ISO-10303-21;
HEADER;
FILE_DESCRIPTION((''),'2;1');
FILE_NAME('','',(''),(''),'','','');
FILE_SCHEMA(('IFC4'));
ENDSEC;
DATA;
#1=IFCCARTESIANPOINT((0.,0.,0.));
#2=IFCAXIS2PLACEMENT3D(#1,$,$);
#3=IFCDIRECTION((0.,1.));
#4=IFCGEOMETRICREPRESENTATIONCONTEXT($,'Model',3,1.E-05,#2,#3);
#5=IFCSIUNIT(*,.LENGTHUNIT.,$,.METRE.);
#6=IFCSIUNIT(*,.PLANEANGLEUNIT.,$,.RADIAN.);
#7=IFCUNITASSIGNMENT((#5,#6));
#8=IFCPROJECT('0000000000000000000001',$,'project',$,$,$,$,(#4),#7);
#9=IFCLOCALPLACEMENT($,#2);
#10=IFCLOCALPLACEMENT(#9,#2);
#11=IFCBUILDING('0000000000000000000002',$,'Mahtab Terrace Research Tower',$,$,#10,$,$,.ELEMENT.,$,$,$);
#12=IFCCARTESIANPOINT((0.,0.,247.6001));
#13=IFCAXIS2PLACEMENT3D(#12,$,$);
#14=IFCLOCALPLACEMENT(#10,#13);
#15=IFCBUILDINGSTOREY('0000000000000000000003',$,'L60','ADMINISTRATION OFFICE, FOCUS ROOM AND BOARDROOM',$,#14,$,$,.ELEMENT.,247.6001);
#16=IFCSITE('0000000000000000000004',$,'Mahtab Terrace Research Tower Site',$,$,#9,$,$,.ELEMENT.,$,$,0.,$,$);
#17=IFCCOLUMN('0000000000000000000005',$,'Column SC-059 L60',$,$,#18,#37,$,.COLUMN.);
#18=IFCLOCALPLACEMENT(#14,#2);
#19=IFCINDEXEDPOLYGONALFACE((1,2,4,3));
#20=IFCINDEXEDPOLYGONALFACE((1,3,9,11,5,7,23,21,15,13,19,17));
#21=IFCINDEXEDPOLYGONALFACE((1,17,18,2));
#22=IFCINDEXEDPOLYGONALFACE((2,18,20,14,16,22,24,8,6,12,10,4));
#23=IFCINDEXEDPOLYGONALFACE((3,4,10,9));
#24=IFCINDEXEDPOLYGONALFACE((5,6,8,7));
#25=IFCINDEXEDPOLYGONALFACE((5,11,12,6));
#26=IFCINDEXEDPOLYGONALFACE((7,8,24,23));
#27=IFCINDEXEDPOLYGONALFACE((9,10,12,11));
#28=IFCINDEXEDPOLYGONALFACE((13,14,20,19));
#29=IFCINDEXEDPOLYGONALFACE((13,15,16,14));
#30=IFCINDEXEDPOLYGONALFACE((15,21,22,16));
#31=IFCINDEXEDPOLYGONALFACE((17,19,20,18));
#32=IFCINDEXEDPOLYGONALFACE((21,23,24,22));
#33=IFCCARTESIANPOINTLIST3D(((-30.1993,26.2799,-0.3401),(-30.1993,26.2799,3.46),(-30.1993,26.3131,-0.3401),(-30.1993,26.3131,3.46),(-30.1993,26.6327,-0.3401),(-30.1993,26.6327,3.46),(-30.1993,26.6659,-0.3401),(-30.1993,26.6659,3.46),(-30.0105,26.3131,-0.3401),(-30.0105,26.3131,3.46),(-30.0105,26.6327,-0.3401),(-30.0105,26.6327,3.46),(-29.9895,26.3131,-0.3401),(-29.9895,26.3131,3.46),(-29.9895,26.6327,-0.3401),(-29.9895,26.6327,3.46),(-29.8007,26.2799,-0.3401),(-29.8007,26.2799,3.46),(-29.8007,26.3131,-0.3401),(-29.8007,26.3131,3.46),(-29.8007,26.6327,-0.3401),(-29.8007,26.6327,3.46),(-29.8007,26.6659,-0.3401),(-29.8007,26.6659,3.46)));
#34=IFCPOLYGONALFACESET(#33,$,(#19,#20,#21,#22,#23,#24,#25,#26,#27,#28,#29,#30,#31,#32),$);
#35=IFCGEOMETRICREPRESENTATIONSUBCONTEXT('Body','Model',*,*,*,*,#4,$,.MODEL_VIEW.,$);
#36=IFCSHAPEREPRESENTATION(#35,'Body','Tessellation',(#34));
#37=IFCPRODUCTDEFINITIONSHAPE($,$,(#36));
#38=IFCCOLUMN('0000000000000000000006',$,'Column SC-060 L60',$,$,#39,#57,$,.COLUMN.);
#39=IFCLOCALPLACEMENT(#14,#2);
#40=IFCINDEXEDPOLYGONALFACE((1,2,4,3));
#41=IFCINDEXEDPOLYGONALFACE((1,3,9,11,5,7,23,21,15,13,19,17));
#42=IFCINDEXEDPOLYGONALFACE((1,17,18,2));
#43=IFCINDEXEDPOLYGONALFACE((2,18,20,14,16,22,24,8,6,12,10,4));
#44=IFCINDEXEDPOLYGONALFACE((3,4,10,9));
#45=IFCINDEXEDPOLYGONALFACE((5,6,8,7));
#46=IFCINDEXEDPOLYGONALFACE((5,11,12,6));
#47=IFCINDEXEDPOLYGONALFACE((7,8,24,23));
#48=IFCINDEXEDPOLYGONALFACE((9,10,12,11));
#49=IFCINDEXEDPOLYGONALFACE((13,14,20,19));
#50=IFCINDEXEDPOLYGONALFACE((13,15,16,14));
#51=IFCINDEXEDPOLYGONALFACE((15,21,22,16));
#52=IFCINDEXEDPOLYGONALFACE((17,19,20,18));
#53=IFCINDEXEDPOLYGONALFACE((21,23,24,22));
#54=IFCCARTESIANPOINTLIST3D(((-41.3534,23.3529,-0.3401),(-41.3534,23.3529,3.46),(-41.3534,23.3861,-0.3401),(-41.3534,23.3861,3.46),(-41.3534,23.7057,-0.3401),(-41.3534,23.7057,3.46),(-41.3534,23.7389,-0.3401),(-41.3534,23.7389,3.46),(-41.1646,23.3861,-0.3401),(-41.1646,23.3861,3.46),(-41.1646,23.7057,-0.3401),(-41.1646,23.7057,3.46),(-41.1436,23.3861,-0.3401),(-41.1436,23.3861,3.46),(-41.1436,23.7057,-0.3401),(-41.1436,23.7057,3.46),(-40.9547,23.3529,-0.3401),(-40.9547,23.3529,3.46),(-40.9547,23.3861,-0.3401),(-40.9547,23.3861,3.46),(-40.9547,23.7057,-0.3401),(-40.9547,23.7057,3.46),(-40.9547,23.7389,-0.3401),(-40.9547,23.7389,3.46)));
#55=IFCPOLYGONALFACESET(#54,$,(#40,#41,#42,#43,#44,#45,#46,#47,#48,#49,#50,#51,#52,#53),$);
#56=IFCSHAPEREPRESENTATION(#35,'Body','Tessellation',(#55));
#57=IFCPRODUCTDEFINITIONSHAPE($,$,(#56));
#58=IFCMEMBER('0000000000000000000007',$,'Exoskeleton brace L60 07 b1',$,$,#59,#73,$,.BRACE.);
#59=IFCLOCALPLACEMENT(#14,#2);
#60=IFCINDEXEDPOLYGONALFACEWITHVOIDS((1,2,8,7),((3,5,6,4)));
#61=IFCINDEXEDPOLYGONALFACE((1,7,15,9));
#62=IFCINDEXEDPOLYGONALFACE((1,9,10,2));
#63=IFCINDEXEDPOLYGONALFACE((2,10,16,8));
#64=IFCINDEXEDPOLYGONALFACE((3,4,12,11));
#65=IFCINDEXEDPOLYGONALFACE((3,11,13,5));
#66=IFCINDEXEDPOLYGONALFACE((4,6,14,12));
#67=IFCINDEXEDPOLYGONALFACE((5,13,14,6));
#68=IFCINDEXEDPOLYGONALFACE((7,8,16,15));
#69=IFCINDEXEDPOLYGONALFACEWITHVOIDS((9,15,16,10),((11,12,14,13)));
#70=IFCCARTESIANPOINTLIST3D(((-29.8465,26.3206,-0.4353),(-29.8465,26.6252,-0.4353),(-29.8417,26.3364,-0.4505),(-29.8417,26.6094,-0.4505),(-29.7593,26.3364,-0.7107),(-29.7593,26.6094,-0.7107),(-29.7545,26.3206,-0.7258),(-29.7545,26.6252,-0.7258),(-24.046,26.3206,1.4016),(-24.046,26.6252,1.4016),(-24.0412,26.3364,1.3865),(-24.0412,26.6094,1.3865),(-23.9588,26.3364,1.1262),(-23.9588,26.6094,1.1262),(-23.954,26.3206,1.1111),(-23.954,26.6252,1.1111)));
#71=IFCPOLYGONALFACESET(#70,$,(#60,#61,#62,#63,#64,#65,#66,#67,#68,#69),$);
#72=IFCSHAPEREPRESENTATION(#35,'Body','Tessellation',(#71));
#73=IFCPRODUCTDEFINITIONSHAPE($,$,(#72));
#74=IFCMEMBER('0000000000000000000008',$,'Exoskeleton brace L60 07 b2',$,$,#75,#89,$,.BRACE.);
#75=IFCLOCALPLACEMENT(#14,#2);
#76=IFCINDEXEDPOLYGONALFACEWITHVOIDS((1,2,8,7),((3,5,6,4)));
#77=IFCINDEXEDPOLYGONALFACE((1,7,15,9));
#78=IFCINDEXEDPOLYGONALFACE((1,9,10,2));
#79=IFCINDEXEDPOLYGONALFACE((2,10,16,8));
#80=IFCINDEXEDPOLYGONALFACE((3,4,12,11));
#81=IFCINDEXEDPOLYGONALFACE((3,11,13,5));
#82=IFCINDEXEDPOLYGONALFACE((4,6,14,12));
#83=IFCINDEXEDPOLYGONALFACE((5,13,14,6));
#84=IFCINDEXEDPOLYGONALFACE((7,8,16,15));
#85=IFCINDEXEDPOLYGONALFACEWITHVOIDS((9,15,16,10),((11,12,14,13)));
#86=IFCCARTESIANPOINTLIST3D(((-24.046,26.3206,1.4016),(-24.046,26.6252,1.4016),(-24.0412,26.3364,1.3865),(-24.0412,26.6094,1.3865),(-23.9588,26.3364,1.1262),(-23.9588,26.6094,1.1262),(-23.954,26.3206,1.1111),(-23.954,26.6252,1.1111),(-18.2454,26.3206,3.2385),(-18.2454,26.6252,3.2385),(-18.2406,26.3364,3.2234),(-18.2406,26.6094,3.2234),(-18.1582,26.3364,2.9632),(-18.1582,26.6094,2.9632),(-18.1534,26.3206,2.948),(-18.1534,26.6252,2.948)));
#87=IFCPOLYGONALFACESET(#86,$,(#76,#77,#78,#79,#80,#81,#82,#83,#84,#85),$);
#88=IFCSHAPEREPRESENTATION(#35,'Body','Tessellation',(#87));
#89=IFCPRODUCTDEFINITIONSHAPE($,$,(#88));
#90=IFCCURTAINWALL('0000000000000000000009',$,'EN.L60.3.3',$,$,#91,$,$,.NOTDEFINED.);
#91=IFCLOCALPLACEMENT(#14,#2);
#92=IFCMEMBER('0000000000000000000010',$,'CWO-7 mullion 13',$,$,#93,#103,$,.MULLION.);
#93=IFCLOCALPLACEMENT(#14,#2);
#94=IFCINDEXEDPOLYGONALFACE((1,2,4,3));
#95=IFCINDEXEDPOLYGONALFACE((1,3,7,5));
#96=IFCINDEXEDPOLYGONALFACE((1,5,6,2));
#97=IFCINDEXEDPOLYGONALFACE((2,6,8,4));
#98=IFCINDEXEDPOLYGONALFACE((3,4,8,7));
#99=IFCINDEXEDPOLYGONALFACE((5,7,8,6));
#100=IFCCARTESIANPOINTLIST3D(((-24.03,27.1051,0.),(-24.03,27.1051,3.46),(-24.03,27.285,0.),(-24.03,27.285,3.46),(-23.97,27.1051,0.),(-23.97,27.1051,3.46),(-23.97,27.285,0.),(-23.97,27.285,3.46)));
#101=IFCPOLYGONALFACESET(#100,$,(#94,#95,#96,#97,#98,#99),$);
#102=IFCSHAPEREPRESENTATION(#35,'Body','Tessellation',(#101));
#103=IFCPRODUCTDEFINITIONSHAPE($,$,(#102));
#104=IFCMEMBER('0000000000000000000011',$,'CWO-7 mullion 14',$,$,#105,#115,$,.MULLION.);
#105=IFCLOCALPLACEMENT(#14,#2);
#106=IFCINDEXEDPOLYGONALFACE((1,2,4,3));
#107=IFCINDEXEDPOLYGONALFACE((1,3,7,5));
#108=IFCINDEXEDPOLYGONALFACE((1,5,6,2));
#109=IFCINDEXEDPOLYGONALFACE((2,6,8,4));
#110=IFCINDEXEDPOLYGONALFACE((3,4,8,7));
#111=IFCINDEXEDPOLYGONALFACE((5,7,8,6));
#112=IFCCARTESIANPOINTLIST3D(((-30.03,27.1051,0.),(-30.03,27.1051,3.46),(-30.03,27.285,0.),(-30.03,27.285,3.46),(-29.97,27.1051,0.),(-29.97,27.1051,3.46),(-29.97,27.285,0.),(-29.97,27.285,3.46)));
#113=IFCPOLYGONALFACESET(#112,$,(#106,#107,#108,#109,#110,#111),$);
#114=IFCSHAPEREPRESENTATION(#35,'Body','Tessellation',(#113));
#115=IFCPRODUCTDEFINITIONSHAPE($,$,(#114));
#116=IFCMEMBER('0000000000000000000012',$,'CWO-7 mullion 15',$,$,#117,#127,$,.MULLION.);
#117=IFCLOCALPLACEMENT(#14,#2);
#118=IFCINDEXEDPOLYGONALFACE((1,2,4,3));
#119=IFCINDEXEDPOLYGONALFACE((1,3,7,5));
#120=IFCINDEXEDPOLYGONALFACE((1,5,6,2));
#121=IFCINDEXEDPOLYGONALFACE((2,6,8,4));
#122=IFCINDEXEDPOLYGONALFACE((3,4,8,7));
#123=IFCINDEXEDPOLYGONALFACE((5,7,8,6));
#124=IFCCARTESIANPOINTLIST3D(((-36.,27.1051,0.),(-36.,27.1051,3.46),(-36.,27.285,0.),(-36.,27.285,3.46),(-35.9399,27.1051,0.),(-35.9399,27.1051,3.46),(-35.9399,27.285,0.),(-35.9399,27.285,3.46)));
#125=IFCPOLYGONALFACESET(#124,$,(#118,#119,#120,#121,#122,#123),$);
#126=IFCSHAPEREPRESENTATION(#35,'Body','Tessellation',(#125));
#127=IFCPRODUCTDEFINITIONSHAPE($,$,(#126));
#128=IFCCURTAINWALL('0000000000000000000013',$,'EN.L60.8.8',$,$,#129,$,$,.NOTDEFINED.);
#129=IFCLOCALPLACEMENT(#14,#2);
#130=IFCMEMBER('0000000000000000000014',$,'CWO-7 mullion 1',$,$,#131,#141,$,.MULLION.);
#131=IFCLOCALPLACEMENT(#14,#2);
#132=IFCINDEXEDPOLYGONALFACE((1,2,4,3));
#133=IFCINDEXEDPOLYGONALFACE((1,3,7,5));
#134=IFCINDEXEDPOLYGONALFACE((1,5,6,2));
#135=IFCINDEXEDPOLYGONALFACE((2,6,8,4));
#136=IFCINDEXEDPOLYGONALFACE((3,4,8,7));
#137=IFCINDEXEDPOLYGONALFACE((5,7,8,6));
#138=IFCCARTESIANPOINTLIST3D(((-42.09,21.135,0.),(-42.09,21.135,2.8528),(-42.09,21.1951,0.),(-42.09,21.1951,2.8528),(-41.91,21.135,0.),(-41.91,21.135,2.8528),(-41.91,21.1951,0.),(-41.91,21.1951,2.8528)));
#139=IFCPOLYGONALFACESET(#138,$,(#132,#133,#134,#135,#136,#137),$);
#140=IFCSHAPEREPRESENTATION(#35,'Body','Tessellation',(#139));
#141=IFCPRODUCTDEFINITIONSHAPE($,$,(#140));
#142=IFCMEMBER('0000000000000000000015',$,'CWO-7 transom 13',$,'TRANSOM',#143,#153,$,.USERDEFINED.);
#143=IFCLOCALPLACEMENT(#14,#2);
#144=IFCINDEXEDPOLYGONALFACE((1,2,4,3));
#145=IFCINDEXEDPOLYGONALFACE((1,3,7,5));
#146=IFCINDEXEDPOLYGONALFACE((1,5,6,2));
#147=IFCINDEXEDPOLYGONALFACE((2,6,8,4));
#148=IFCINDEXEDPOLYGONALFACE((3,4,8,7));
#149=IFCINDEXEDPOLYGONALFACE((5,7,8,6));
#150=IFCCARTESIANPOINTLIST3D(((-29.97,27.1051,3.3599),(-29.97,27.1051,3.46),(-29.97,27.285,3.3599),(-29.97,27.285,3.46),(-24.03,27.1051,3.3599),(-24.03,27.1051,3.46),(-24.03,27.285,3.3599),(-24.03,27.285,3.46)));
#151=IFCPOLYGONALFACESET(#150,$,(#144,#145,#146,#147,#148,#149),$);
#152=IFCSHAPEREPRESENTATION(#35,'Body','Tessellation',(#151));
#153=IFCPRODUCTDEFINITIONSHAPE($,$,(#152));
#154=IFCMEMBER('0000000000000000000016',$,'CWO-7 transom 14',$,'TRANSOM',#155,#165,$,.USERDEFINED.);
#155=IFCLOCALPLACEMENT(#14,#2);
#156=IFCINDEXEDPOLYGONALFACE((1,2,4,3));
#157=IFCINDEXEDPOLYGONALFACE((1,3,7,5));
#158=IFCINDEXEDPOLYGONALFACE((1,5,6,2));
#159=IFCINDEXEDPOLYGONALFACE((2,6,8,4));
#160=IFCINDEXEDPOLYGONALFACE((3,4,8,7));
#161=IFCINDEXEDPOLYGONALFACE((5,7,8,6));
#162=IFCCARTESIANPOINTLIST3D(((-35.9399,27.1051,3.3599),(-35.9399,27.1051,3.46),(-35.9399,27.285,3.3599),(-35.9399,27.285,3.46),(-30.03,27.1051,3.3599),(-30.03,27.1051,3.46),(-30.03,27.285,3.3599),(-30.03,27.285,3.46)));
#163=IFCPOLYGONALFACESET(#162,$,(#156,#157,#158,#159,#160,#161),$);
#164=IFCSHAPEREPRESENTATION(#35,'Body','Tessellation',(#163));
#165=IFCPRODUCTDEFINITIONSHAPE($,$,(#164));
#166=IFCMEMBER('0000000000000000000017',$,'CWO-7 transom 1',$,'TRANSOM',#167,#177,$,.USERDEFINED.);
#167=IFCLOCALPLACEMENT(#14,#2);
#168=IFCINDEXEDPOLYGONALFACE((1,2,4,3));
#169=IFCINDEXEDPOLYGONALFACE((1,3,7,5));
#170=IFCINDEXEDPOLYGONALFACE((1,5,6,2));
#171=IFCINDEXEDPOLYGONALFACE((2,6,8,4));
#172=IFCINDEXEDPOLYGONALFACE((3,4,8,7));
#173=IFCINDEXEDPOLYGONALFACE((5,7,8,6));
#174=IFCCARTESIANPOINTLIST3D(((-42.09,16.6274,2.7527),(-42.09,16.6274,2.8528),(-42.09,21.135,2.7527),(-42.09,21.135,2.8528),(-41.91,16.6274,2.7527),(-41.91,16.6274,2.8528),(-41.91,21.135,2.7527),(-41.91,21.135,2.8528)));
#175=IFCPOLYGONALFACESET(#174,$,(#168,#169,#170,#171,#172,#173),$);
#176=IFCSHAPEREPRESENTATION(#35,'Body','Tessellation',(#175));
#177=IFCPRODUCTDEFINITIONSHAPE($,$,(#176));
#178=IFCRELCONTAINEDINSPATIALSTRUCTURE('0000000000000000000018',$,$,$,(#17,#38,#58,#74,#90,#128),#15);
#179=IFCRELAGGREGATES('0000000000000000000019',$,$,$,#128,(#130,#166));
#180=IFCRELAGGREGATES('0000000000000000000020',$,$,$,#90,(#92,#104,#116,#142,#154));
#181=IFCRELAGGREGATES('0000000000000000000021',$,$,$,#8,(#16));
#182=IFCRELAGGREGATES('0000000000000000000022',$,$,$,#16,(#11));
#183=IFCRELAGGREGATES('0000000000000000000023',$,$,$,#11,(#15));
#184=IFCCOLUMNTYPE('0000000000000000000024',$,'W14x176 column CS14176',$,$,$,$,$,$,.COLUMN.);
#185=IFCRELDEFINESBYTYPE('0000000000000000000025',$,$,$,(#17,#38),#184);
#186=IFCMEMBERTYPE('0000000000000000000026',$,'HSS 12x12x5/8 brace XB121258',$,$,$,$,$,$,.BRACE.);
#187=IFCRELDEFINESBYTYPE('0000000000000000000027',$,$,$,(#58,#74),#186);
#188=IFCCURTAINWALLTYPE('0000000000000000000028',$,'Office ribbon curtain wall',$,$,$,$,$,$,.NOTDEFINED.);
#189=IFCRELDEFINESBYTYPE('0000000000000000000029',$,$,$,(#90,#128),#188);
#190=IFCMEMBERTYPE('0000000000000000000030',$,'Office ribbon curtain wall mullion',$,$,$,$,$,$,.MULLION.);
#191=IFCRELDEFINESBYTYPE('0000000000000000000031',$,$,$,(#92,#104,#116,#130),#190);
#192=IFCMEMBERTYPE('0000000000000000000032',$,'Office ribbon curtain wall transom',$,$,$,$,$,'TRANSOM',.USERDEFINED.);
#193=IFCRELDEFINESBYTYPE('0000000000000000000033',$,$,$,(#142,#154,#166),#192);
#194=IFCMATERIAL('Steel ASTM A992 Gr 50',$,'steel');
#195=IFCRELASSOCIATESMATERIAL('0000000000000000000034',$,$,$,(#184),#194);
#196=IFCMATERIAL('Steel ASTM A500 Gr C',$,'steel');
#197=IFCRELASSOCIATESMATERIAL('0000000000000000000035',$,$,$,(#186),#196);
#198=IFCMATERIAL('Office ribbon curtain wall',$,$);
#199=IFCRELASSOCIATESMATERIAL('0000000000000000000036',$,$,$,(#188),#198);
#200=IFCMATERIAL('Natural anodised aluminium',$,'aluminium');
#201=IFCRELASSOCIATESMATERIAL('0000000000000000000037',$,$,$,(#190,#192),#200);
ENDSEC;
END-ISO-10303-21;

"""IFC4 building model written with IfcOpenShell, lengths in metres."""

from ifc_helpers import new_model, si_unit, direction, frame, origin, origin_2d, place, context, subcontext, project, spatial, rectangle, hollow_rectangle, i_section, extrude, material, material_profile, profile_set, type_object, element, aggregate, save


model = new_model("IFC4")

# Units and contexts
model_context = context("Model", 3, precision=1e-05, world=origin(), true_north=direction((0.0, 1.0)))
body_context = subcontext(model_context, "Body", "Model", "MODEL_VIEW")
ifc_project = project(units=[si_unit("LENGTHUNIT", "METRE"), si_unit("PLANEANGLEUNIT", "RADIAN")], contexts=[model_context])

# Site, building, storey
site_placement = place(None, origin())
site = spatial("IfcSite", under=ifc_project, at=site_placement, Name="Mahtab Terrace Research Tower Site", CompositionType="ELEMENT", RefElevation=0.0)
building_placement = place(site_placement, origin())
building = spatial("IfcBuilding", under=site, at=building_placement, Name="Mahtab Terrace Research Tower", CompositionType="ELEMENT")
storey_placement = place(building_placement, frame((0.0, 0.0, 247.6001)))
storey = spatial("IfcBuildingStorey", under=building, at=storey_placement, Name="L60", Description="ADMINISTRATION OFFICE, FOCUS ROOM AND BOARDROOM", CompositionType="ELEMENT", Elevation=247.6001)

# Columns
ifc_material_1 = material(Name="Steel ASTM A992 Gr 50", Category="steel")
ifc_material_profile_1 = material_profile(ifc_material_1, i_section(OverallWidth=0.3987, OverallDepth=0.386, WebThickness=0.021, FlangeThickness=0.0332, at=origin_2d()), Name="W14X176")
ifc_profile_set_1 = profile_set([ifc_material_profile_1], Name="Steel ASTM A992 Gr 50")
column_type = type_object("IfcColumnType", Name="W14x176 column CS14176", PredefinedType="COLUMN", material=ifc_profile_set_1)
for number, where, z_axis, x_axis, name in (
    (1, (-30.0, 26.4729, -0.3401), (0.0, 0.0, 1.0), (1.0, 0.0, 0.0), "Column SC-059 L60"),
    (2, (-41.1541, 23.5459, -0.3401), (0.0, 0.0, 1.0), (1.0, 0.0, 0.0), "Column SC-060 L60"),
):
    element("IfcColumn", number, at=place(storey_placement, frame(where, z_axis=z_axis, x_axis=x_axis)), inside=storey, type_object=column_type, Name=name, PredefinedType="COLUMN", context=body_context, shape_type="SweptSolid", body=[
        extrude(i_section(OverallWidth=0.3987, OverallDepth=0.386, WebThickness=0.021, FlangeThickness=0.0332, at=origin_2d()), origin(), (0.0, 0.0, 1.0), 3.8),
    ])

# Members
ifc_material_2 = material(Name="Steel ASTM A500 Gr C", Category="steel")
ifc_material_profile_2 = material_profile(ifc_material_2, hollow_rectangle(XDim=0.3047, YDim=0.3047, WallThickness=0.0159, at=origin_2d()), Name="HSS12X12X5/8")
ifc_profile_set_2 = profile_set([ifc_material_profile_2], Name="Steel ASTM A500 Gr C")
member_type_1 = type_object("IfcMemberType", Name="HSS 12x12x5/8 brace XB121258", PredefinedType="BRACE", material=ifc_profile_set_2)
for number, where, z_axis, x_axis, name in (
    (3, (-29.8005, 26.4729, -0.5806), (0.953339, 0.0, 0.301903), (0.0, 1.0, 0.0), "Exoskeleton brace L60 07 b1"),
    (4, (-24.0, 26.4729, 1.2563), (0.953339, 0.0, 0.301903), (0.0, 1.0, 0.0), "Exoskeleton brace L60 07 b2"),
):
    element("IfcMember", number, at=place(storey_placement, frame(where, z_axis=z_axis, x_axis=x_axis)), inside=storey, type_object=member_type_1, Name=name, PredefinedType="BRACE", context=body_context, shape_type="SweptSolid", body=[
        extrude(hollow_rectangle(XDim=0.3047, YDim=0.3047, WallThickness=0.0159, at=origin_2d()), origin(), (0.0, 0.0, 1.0), 6.0845),
    ])

# Curtain wall, members
ifc_material_3 = material(Name="Office ribbon curtain wall")
curtain_wall_type = type_object("IfcCurtainWallType", Name="Office ribbon curtain wall", PredefinedType="NOTDEFINED", material=ifc_material_3)
curtain_wall_1_placement = place(storey_placement, origin())
curtain_wall_1 = element("IfcCurtainWall", 5, at=curtain_wall_1_placement, inside=storey, type_object=curtain_wall_type, Name="EN.L60.3.3", PredefinedType="NOTDEFINED")
ifc_material_4 = material(Name="Natural anodised aluminium", Category="aluminium")
ifc_material_profile_3 = material_profile(ifc_material_4, rectangle(XDim=0.1799, YDim=0.0601, at=origin_2d()), Name="MULLION 60x180")
ifc_profile_set_3 = profile_set([ifc_material_profile_3], Name="Natural anodised aluminium")
member_type_2 = type_object("IfcMemberType", Name="Office ribbon curtain wall mullion", PredefinedType="MULLION", material=ifc_profile_set_3)
member_1_placement = place(storey_placement, frame((-24.0, 27.1951, 0.0), z_axis=(0.0, 0.0, 1.0), x_axis=(0.0, -1.0, 0.0)))
member_1 = element("IfcMember", 6, at=member_1_placement, type_object=member_type_2, Name="CWO-7 mullion 13", PredefinedType="MULLION", context=body_context, shape_type="SweptSolid", body=[
    extrude(rectangle(XDim=0.1799, YDim=0.0601, at=origin_2d()), origin(), (0.0, 0.0, 1.0), 3.46),
])
member_2_placement = place(storey_placement, frame((-30.0, 27.1951, 0.0), z_axis=(0.0, 0.0, 1.0), x_axis=(0.0, -1.0, 0.0)))
member_2 = element("IfcMember", 7, at=member_2_placement, type_object=member_type_2, Name="CWO-7 mullion 14", PredefinedType="MULLION", context=body_context, shape_type="SweptSolid", body=[
    extrude(rectangle(XDim=0.1799, YDim=0.0601, at=origin_2d()), origin(), (0.0, 0.0, 1.0), 3.46),
])
member_3_placement = place(storey_placement, frame((-35.97, 27.1951, 0.0), z_axis=(0.0, 0.0, 1.0), x_axis=(0.0, -1.0, 0.0)))
member_3 = element("IfcMember", 8, at=member_3_placement, type_object=member_type_2, Name="CWO-7 mullion 15", PredefinedType="MULLION", context=body_context, shape_type="SweptSolid", body=[
    extrude(rectangle(XDim=0.1799, YDim=0.0601, at=origin_2d()), origin(), (0.0, 0.0, 1.0), 3.46),
])

# Curtain wall, member
curtain_wall_2_placement = place(storey_placement, origin())
curtain_wall_2 = element("IfcCurtainWall", 9, at=curtain_wall_2_placement, inside=storey, type_object=curtain_wall_type, Name="EN.L60.8.8", PredefinedType="NOTDEFINED")
member_4_placement = place(storey_placement, frame((-42.0, 21.165, 0.0), z_axis=(0.0, 0.0, 1.0), x_axis=(1.0, 0.0, 0.0)))
member_4 = element("IfcMember", 10, at=member_4_placement, type_object=member_type_2, Name="CWO-7 mullion 1", PredefinedType="MULLION", context=body_context, shape_type="SweptSolid", body=[
    extrude(rectangle(XDim=0.1799, YDim=0.0601, at=origin_2d()), origin(), (0.0, 0.0, 1.0), 2.8528),
])

# Members
ifc_material_profile_4 = material_profile(ifc_material_4, rectangle(XDim=0.1799, YDim=0.1001, at=origin_2d()), Name="TRANSOM 100x180")
ifc_profile_set_4 = profile_set([ifc_material_profile_4], Name="Natural anodised aluminium")
member_type_3 = type_object("IfcMemberType", Name="Office ribbon curtain wall transom", ElementType="TRANSOM", PredefinedType="USERDEFINED", material=ifc_profile_set_4)
member_5_placement = place(storey_placement, frame((-24.03, 27.1951, 3.4099), z_axis=(-1.0, 0.0, 0.0), x_axis=(0.0, -1.0, 0.0)))
member_5 = element("IfcMember", 11, at=member_5_placement, type_object=member_type_3, Name="CWO-7 transom 13", ObjectType="TRANSOM", PredefinedType="USERDEFINED", context=body_context, shape_type="SweptSolid", body=[
    extrude(rectangle(XDim=0.1799, YDim=0.1001, at=origin_2d()), origin(), (0.0, 0.0, 1.0), 5.9399),
])
member_6_placement = place(storey_placement, frame((-30.03, 27.1951, 3.4099), z_axis=(-1.0, 0.0, 0.0), x_axis=(0.0, -1.0, 0.0)))
member_6 = element("IfcMember", 12, at=member_6_placement, type_object=member_type_3, Name="CWO-7 transom 14", ObjectType="TRANSOM", PredefinedType="USERDEFINED", context=body_context, shape_type="SweptSolid", body=[
    extrude(rectangle(XDim=0.1799, YDim=0.1001, at=origin_2d()), origin(), (0.0, 0.0, 1.0), 5.9099),
])
member_7_placement = place(storey_placement, frame((-42.0, 21.135, 2.8027), z_axis=(0.0, -1.0, 0.0), x_axis=(1.0, 0.0, 0.0)))
member_7 = element("IfcMember", 13, at=member_7_placement, type_object=member_type_3, Name="CWO-7 transom 1", ObjectType="TRANSOM", PredefinedType="USERDEFINED", context=body_context, shape_type="SweptSolid", body=[
    extrude(rectangle(XDim=0.1799, YDim=0.1001, at=origin_2d()), origin(), (0.0, 0.0, 1.0), 4.5076),
])

aggregate(curtain_wall_2, [member_4, member_7])
aggregate(curtain_wall_1, [member_1, member_2, member_3, member_5, member_6])

save(model, "model.ifc")
